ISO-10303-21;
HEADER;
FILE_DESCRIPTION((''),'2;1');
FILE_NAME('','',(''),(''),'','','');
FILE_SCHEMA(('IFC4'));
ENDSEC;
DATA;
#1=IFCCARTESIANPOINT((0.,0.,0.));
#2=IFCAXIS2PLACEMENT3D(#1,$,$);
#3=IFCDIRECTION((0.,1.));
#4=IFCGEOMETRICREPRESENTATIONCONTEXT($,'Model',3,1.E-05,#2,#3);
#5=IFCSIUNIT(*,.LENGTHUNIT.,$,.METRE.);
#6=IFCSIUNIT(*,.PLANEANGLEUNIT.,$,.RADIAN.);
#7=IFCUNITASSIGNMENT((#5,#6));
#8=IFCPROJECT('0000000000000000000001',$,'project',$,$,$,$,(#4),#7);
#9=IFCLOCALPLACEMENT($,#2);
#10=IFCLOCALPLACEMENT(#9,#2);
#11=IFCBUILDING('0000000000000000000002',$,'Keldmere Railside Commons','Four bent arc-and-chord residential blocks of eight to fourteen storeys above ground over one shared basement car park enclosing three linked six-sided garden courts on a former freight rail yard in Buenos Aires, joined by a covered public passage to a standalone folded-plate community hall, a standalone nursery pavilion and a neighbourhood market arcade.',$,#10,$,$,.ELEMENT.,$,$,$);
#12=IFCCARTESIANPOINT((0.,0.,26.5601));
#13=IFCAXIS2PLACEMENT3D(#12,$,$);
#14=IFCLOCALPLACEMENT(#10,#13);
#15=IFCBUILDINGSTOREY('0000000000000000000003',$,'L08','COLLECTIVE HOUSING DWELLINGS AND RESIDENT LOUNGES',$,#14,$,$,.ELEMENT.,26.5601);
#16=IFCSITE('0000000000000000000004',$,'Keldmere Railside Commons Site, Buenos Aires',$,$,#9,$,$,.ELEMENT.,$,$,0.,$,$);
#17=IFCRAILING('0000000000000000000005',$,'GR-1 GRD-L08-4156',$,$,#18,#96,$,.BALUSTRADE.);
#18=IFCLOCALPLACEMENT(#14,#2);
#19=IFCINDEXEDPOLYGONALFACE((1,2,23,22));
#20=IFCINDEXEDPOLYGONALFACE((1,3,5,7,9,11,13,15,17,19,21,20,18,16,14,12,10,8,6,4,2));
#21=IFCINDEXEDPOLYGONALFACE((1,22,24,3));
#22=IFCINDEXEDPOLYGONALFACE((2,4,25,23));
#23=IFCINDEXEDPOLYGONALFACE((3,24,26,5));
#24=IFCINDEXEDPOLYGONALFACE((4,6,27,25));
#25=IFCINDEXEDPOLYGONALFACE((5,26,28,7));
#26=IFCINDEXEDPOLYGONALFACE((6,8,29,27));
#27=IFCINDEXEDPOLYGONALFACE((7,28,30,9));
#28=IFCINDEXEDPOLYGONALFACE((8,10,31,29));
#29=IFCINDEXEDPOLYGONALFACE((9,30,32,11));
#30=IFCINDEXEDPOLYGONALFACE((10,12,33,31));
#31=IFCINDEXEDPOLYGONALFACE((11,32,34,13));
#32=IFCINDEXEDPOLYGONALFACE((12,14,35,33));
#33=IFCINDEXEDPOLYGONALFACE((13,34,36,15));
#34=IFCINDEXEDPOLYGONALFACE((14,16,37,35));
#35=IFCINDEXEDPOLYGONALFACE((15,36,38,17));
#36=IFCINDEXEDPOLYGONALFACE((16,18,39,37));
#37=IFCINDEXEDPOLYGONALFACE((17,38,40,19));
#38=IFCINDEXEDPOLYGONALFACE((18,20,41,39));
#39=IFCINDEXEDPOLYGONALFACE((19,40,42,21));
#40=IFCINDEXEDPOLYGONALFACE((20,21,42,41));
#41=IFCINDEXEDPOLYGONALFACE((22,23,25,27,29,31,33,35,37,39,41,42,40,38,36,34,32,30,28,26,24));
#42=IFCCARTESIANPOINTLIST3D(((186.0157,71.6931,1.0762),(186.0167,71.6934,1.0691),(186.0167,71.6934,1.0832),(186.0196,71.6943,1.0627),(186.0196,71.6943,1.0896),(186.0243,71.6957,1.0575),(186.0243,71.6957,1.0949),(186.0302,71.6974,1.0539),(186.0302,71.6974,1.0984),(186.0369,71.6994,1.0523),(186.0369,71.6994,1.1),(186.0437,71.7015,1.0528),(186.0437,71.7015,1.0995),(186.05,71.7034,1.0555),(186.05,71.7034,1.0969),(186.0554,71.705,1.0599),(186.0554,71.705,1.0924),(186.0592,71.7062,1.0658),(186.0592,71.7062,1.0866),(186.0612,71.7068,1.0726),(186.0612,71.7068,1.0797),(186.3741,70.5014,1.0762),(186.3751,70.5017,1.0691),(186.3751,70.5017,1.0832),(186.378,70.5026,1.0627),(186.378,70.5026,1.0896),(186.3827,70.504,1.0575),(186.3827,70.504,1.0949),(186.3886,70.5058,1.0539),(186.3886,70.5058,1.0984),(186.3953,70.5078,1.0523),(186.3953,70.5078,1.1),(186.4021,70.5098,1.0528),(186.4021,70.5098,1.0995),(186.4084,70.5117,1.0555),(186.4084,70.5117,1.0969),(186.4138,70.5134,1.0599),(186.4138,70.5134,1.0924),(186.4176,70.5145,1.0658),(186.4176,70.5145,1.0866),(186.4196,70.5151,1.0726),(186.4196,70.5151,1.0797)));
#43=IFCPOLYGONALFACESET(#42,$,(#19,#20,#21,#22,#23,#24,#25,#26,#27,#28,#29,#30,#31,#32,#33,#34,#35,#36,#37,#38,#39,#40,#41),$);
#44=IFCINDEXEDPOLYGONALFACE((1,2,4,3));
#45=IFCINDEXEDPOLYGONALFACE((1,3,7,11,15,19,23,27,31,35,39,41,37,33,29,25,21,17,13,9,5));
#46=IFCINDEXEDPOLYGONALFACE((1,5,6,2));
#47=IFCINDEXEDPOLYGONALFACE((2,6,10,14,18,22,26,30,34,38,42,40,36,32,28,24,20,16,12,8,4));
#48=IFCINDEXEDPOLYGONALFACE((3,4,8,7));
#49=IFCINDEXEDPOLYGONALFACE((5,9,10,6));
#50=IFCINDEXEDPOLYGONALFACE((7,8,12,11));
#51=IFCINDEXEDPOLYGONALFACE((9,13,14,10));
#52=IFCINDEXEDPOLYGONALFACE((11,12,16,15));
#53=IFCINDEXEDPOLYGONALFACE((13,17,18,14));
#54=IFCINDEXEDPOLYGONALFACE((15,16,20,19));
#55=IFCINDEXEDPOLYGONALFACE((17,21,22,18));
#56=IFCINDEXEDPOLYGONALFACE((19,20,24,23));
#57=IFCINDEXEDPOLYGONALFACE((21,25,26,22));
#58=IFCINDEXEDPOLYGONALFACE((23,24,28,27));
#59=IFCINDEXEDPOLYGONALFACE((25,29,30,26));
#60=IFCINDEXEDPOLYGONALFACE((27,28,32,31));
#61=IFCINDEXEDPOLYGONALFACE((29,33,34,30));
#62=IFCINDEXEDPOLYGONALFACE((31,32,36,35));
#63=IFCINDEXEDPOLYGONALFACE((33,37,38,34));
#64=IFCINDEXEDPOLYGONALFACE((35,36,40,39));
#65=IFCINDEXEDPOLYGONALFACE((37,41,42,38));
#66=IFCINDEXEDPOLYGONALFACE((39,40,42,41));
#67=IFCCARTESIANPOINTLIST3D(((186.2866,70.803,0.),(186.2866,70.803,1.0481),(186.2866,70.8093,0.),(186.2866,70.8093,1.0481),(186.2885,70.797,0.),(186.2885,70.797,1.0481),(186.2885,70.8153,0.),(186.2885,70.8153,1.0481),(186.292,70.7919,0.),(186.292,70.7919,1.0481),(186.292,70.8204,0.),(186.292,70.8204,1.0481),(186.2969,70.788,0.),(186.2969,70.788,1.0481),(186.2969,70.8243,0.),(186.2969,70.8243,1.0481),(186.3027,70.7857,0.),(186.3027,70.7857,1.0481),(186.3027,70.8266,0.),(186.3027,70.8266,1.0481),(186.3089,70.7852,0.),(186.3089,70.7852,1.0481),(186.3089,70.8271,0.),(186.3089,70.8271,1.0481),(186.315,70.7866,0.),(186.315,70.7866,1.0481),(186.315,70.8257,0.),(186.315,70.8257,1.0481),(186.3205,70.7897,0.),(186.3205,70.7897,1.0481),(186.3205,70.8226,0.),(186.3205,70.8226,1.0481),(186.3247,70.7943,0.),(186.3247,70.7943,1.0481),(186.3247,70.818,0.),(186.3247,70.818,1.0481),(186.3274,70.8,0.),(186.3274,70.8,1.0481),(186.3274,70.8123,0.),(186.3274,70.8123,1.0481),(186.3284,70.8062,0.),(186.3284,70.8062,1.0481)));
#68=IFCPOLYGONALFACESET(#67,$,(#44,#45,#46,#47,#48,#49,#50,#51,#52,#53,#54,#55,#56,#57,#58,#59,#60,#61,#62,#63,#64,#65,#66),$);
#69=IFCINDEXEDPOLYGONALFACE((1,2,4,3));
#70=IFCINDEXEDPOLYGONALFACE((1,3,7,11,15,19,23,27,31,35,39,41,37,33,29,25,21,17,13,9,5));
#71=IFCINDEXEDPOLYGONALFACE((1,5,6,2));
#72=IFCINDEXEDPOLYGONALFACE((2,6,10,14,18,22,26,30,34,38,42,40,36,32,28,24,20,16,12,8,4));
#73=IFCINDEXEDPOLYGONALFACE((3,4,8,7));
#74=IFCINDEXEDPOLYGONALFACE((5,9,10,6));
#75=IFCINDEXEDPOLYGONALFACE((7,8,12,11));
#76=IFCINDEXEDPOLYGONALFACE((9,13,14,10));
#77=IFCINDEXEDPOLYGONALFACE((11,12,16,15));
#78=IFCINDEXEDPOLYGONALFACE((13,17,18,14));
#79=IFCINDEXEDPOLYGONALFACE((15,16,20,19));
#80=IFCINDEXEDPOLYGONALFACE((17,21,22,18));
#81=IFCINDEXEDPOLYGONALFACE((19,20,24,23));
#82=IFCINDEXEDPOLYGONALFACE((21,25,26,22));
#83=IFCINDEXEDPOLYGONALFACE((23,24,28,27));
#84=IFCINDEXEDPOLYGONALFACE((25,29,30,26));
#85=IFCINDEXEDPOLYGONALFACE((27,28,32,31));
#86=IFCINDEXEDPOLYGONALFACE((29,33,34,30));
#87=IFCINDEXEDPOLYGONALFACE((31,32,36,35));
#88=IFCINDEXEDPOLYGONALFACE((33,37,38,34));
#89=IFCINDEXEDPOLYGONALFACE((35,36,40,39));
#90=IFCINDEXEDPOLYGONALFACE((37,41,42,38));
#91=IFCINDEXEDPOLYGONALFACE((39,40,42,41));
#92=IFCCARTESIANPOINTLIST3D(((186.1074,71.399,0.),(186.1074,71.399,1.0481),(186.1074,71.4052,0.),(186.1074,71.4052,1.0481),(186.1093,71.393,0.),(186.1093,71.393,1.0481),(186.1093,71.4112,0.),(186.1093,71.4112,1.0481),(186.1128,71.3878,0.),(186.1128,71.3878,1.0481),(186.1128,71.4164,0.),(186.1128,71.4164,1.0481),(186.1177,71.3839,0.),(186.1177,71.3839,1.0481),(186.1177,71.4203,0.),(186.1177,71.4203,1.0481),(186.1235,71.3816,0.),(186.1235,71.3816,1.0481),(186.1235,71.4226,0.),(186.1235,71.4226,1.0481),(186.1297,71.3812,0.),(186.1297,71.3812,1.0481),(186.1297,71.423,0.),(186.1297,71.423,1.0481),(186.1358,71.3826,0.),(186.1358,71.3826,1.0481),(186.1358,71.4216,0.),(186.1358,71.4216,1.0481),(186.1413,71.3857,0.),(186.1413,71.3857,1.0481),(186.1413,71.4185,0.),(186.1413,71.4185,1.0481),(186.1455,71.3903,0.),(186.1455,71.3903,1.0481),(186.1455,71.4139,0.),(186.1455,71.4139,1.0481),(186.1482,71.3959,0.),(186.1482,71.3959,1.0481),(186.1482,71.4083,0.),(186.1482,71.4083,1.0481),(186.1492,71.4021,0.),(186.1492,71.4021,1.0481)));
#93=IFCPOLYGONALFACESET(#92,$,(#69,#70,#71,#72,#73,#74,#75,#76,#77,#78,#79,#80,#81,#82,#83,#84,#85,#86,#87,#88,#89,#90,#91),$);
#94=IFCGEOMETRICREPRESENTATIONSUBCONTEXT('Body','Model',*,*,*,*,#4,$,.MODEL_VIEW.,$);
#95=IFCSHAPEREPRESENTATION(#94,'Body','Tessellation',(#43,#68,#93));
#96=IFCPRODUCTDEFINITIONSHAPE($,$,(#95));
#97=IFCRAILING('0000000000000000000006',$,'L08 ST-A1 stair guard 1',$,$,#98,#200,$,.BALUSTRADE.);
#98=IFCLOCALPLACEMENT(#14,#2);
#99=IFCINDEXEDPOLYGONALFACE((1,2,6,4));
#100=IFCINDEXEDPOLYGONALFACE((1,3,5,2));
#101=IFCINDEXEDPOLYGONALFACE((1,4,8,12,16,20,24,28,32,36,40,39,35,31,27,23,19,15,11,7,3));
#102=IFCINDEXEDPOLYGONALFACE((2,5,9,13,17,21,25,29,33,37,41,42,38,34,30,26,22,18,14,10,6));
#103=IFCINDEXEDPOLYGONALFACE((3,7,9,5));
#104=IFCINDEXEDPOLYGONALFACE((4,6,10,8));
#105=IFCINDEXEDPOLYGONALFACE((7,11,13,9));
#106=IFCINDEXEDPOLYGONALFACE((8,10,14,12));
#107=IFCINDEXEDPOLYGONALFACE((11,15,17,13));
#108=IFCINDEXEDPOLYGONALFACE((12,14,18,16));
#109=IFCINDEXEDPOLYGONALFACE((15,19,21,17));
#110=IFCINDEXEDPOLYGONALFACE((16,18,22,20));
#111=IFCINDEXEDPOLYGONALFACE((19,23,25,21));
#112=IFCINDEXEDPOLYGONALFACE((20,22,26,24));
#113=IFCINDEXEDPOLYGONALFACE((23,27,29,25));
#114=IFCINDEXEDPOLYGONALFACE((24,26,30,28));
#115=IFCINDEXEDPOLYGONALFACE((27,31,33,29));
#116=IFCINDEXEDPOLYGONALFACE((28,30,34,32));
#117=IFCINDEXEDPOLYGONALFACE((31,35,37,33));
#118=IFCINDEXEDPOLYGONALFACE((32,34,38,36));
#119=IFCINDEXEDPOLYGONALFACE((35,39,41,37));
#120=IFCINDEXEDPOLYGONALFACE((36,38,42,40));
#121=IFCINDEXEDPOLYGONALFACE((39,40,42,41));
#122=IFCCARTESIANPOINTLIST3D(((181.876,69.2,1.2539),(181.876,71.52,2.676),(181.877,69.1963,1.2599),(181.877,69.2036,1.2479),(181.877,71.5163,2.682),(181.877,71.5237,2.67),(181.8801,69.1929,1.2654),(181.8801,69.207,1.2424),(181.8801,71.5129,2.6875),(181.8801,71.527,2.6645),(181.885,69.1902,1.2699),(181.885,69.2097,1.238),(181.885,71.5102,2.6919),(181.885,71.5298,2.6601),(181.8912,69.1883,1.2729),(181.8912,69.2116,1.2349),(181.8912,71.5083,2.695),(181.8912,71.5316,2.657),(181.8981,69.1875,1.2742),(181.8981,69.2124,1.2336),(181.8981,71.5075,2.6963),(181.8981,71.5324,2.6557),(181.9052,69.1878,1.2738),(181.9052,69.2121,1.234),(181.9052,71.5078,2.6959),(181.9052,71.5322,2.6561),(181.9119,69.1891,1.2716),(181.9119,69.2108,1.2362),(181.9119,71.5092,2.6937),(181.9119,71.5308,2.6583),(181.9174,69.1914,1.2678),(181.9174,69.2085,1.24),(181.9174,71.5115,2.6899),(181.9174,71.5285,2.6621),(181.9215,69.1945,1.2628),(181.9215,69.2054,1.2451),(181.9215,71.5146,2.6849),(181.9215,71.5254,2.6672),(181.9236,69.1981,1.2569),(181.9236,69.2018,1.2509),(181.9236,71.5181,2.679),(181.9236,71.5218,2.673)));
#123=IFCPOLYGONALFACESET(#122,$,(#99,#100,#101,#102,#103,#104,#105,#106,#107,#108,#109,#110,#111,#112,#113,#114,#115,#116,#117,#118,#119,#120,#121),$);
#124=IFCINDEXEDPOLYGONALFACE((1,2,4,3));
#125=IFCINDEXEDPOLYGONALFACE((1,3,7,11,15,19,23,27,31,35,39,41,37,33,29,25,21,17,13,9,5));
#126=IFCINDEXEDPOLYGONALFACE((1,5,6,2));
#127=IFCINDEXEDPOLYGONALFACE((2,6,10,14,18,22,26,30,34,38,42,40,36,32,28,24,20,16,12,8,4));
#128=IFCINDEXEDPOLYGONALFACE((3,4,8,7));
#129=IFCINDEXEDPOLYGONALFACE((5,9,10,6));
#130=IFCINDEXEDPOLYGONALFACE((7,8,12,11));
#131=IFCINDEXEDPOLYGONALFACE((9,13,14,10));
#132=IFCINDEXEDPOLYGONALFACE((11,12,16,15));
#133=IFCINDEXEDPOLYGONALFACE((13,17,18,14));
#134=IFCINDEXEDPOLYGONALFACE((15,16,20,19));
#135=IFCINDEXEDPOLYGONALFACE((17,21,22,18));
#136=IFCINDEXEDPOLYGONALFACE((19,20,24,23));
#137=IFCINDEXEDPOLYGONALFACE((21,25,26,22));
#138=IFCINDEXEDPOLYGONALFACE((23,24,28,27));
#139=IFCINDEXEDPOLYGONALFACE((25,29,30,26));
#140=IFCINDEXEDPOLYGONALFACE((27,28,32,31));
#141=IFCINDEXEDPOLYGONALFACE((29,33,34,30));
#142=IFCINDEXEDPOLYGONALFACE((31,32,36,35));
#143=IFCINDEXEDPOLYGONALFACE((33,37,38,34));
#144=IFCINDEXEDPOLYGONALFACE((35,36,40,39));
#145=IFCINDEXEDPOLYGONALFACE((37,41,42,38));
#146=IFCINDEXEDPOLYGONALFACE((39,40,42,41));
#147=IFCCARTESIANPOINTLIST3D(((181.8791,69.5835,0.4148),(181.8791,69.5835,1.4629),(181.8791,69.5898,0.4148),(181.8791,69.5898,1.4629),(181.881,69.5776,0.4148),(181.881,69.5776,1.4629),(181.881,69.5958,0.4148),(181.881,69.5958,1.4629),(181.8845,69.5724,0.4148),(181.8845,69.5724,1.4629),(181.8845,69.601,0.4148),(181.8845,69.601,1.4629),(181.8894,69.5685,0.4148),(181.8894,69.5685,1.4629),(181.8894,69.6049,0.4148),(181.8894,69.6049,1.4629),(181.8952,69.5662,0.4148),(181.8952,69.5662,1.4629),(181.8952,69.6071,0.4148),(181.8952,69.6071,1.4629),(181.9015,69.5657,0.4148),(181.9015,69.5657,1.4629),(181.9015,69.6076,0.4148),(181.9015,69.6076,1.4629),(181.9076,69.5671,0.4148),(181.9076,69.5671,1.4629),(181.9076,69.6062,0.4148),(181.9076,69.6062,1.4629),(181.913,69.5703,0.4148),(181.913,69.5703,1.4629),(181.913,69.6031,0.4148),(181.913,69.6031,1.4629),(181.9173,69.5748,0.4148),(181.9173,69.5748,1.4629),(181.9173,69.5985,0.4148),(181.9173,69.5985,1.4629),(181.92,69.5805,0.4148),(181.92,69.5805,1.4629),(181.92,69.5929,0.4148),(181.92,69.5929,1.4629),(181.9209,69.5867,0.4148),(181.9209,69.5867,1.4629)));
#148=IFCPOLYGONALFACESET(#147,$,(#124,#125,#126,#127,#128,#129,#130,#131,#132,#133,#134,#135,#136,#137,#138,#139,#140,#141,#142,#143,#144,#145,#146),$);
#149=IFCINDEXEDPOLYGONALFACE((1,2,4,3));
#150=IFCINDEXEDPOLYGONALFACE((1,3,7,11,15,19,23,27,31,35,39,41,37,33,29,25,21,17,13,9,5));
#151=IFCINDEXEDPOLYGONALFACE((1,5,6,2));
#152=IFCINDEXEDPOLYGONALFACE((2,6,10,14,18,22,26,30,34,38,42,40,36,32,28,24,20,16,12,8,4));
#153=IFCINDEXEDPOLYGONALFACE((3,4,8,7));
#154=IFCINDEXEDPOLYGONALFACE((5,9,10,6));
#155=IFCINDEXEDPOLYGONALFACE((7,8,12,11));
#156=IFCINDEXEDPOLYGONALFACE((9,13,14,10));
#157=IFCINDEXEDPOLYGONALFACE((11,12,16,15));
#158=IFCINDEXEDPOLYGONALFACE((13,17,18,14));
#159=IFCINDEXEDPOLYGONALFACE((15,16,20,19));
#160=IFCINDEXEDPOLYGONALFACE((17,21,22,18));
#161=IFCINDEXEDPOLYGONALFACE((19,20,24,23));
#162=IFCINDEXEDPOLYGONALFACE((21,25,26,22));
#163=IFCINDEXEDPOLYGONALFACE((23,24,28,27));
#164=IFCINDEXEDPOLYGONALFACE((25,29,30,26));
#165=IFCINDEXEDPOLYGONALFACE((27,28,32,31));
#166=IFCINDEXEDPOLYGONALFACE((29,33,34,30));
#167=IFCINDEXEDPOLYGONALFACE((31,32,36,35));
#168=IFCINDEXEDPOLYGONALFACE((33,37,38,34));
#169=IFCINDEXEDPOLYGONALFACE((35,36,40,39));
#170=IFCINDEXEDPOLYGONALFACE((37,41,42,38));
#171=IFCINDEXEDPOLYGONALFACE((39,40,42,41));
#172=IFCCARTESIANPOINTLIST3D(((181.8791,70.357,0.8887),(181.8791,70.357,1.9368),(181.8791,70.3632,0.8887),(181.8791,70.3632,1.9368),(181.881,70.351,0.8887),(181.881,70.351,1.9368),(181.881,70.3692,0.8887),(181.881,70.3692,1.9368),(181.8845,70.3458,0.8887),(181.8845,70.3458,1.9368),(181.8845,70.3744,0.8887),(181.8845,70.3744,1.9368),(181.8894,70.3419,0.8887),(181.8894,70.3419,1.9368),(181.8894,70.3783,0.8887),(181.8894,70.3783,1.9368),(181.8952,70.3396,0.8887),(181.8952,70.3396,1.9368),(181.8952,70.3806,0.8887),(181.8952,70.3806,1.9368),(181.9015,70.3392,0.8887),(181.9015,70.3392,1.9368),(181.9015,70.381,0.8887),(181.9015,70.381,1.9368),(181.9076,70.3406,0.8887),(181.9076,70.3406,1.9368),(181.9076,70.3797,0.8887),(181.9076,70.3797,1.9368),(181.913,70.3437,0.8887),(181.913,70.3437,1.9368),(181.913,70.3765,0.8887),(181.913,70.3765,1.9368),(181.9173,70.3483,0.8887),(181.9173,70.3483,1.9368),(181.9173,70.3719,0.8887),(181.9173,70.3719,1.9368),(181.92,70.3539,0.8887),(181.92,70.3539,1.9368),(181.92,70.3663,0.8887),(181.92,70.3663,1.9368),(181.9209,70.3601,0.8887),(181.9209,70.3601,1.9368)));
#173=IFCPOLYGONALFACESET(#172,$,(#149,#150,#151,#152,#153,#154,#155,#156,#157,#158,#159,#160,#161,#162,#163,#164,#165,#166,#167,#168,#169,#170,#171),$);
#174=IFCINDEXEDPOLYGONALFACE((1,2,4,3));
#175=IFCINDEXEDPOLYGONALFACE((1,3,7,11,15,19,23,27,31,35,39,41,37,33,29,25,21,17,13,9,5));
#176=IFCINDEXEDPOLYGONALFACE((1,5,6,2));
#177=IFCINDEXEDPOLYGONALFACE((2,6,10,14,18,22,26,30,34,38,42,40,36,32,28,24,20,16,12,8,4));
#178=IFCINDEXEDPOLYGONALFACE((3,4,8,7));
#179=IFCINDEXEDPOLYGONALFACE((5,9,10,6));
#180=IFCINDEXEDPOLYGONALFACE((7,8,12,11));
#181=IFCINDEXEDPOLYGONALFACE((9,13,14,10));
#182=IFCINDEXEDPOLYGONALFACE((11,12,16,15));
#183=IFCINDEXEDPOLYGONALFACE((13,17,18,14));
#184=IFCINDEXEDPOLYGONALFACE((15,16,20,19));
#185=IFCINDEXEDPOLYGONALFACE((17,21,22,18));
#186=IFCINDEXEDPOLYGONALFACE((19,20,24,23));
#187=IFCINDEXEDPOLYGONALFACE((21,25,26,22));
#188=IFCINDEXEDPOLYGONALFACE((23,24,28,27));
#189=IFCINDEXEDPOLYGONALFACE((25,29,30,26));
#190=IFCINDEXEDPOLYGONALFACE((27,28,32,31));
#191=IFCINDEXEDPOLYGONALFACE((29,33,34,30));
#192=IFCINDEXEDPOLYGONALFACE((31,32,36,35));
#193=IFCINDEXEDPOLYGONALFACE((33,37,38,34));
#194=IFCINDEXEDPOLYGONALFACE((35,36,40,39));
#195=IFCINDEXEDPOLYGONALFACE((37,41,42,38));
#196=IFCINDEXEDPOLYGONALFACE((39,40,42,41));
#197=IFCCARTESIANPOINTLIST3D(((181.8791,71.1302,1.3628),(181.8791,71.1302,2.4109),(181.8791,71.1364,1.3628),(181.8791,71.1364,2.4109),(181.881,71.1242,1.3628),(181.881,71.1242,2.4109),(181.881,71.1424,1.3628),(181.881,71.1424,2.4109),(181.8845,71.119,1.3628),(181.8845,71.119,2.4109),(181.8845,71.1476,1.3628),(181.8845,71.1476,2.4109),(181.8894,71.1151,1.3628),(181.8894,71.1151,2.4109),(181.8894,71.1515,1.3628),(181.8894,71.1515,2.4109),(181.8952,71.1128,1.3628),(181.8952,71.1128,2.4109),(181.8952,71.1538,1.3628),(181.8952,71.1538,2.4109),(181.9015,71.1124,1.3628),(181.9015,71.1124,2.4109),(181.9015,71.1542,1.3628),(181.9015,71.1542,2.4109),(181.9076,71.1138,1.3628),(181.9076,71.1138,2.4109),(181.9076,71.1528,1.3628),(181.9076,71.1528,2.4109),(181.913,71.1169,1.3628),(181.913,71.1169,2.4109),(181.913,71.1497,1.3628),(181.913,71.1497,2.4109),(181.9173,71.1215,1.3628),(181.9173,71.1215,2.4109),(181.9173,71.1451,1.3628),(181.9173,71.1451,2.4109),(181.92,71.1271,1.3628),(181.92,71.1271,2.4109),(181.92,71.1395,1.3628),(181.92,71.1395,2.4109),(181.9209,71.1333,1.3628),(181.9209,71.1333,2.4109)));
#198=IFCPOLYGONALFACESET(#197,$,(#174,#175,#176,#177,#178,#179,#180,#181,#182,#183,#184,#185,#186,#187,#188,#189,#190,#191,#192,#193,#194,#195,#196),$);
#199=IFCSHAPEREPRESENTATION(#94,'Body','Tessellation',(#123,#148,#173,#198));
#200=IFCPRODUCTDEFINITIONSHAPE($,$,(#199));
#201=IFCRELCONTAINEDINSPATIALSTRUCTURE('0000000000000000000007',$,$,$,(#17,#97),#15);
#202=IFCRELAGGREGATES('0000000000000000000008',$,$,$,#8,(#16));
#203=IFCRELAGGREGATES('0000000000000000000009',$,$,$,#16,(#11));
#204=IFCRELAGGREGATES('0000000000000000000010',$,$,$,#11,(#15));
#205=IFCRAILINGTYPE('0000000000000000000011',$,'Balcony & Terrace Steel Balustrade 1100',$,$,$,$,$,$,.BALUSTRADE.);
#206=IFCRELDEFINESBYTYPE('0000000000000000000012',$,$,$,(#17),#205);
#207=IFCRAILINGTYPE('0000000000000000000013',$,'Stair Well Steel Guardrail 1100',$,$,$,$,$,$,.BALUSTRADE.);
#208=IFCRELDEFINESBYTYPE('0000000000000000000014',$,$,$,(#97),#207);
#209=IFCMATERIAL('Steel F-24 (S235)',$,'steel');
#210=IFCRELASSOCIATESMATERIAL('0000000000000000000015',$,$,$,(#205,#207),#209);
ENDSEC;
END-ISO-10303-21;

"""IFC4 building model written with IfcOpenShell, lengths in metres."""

from ifc_helpers import new_model, si_unit, direction, frame, origin, origin_2d, place, context, subcontext, project, spatial, circle, extrude, material, type_object, element, save


model = new_model("IFC4")

# Units and contexts
model_context = context("Model", 3, precision=1e-05, world=origin(), true_north=direction((0.0, 1.0)))
body_context = subcontext(model_context, "Body", "Model", "MODEL_VIEW")
ifc_project = project(units=[si_unit("LENGTHUNIT", "METRE"), si_unit("PLANEANGLEUNIT", "RADIAN")], contexts=[model_context])

# Site, building, storey
site_placement = place(None, origin())
site = spatial("IfcSite", under=ifc_project, at=site_placement, Name="Keldmere Railside Commons Site, Buenos Aires", CompositionType="ELEMENT", RefElevation=0.0)
building_placement = place(site_placement, origin())
building = spatial("IfcBuilding", under=site, at=building_placement, Name="Keldmere Railside Commons", Description="Four bent arc-and-chord residential blocks of eight to fourteen storeys above ground over one shared basement car park enclosing three linked six-sided garden courts on a former freight rail yard in Buenos Aires, joined by a covered public passage to a standalone folded-plate community hall, a standalone nursery pavilion and a neighbourhood market arcade.", CompositionType="ELEMENT")
storey_placement = place(building_placement, frame((0.0, 0.0, 26.5601)))
storey = spatial("IfcBuildingStorey", under=building, at=storey_placement, Name="L08", Description="COLLECTIVE HOUSING DWELLINGS AND RESIDENT LOUNGES", CompositionType="ELEMENT", Elevation=26.5601)

# Shared definitions
ifc_material_1 = material(Name="Steel F-24 (S235)", Category="steel")

# Railings
railing_type_1 = type_object("IfcRailingType", Name="Balcony & Terrace Steel Balustrade 1100", PredefinedType="BALUSTRADE", material=ifc_material_1)
railing_1_placement = place(storey_placement, frame((186.397, 70.5083, 0.0)))
element("IfcRailing", 1, at=railing_1_placement, inside=storey, type_object=railing_type_1, Name="GR-1 GRD-L08-4156", PredefinedType="BALUSTRADE", context=body_context, shape_type="SweptSolid", body=[
    extrude(circle(Radius=0.0239, at=origin_2d()), frame((0.0, 0.0, 1.0762), z_axis=(-0.288014, 0.957626, 0.0), x_axis=(-0.957626, -0.288014, 0.0)), (0.0, 0.0, 1.0), 1.2444),
    extrude(circle(Radius=0.021, at=origin_2d()), frame((-0.0896, 0.2979, 0.0)), (0.0, 0.0, 1.0), 1.0481),
    extrude(circle(Radius=0.021, at=origin_2d()), frame((-0.2688, 0.8938, 0.0)), (0.0, 0.0, 1.0), 1.0481),
])
railing_type_2 = type_object("IfcRailingType", Name="Stair Well Steel Guardrail 1100", PredefinedType="BALUSTRADE", material=ifc_material_1)
railing_2_placement = place(storey_placement, frame((181.8999, 69.2, 0.1777)))
element("IfcRailing", 2, at=railing_2_placement, inside=storey, type_object=railing_type_2, Name="L08 ST-A1 stair guard 1", PredefinedType="BALUSTRADE", context=body_context, shape_type="SweptSolid", body=[
    extrude(circle(Radius=0.0239, at=origin_2d()), frame((0.0, 0.0, 1.0762), z_axis=(0.0, 0.852578, 0.5226), x_axis=(-1.0, 0.0, 0.0)), (0.0, 0.0, 1.0), 2.7212),
    extrude(circle(Radius=0.021, at=origin_2d()), frame((0.0, 0.3867, 0.2371)), (0.0, 0.0, 1.0), 1.0481),
    extrude(circle(Radius=0.021, at=origin_2d()), frame((0.0, 1.1602, 0.7109)), (0.0, 0.0, 1.0), 1.0481),
    extrude(circle(Radius=0.021, at=origin_2d()), frame((0.0, 1.9333, 1.1851)), (0.0, 0.0, 1.0), 1.0481),
])

save(model, "model.ifc")
